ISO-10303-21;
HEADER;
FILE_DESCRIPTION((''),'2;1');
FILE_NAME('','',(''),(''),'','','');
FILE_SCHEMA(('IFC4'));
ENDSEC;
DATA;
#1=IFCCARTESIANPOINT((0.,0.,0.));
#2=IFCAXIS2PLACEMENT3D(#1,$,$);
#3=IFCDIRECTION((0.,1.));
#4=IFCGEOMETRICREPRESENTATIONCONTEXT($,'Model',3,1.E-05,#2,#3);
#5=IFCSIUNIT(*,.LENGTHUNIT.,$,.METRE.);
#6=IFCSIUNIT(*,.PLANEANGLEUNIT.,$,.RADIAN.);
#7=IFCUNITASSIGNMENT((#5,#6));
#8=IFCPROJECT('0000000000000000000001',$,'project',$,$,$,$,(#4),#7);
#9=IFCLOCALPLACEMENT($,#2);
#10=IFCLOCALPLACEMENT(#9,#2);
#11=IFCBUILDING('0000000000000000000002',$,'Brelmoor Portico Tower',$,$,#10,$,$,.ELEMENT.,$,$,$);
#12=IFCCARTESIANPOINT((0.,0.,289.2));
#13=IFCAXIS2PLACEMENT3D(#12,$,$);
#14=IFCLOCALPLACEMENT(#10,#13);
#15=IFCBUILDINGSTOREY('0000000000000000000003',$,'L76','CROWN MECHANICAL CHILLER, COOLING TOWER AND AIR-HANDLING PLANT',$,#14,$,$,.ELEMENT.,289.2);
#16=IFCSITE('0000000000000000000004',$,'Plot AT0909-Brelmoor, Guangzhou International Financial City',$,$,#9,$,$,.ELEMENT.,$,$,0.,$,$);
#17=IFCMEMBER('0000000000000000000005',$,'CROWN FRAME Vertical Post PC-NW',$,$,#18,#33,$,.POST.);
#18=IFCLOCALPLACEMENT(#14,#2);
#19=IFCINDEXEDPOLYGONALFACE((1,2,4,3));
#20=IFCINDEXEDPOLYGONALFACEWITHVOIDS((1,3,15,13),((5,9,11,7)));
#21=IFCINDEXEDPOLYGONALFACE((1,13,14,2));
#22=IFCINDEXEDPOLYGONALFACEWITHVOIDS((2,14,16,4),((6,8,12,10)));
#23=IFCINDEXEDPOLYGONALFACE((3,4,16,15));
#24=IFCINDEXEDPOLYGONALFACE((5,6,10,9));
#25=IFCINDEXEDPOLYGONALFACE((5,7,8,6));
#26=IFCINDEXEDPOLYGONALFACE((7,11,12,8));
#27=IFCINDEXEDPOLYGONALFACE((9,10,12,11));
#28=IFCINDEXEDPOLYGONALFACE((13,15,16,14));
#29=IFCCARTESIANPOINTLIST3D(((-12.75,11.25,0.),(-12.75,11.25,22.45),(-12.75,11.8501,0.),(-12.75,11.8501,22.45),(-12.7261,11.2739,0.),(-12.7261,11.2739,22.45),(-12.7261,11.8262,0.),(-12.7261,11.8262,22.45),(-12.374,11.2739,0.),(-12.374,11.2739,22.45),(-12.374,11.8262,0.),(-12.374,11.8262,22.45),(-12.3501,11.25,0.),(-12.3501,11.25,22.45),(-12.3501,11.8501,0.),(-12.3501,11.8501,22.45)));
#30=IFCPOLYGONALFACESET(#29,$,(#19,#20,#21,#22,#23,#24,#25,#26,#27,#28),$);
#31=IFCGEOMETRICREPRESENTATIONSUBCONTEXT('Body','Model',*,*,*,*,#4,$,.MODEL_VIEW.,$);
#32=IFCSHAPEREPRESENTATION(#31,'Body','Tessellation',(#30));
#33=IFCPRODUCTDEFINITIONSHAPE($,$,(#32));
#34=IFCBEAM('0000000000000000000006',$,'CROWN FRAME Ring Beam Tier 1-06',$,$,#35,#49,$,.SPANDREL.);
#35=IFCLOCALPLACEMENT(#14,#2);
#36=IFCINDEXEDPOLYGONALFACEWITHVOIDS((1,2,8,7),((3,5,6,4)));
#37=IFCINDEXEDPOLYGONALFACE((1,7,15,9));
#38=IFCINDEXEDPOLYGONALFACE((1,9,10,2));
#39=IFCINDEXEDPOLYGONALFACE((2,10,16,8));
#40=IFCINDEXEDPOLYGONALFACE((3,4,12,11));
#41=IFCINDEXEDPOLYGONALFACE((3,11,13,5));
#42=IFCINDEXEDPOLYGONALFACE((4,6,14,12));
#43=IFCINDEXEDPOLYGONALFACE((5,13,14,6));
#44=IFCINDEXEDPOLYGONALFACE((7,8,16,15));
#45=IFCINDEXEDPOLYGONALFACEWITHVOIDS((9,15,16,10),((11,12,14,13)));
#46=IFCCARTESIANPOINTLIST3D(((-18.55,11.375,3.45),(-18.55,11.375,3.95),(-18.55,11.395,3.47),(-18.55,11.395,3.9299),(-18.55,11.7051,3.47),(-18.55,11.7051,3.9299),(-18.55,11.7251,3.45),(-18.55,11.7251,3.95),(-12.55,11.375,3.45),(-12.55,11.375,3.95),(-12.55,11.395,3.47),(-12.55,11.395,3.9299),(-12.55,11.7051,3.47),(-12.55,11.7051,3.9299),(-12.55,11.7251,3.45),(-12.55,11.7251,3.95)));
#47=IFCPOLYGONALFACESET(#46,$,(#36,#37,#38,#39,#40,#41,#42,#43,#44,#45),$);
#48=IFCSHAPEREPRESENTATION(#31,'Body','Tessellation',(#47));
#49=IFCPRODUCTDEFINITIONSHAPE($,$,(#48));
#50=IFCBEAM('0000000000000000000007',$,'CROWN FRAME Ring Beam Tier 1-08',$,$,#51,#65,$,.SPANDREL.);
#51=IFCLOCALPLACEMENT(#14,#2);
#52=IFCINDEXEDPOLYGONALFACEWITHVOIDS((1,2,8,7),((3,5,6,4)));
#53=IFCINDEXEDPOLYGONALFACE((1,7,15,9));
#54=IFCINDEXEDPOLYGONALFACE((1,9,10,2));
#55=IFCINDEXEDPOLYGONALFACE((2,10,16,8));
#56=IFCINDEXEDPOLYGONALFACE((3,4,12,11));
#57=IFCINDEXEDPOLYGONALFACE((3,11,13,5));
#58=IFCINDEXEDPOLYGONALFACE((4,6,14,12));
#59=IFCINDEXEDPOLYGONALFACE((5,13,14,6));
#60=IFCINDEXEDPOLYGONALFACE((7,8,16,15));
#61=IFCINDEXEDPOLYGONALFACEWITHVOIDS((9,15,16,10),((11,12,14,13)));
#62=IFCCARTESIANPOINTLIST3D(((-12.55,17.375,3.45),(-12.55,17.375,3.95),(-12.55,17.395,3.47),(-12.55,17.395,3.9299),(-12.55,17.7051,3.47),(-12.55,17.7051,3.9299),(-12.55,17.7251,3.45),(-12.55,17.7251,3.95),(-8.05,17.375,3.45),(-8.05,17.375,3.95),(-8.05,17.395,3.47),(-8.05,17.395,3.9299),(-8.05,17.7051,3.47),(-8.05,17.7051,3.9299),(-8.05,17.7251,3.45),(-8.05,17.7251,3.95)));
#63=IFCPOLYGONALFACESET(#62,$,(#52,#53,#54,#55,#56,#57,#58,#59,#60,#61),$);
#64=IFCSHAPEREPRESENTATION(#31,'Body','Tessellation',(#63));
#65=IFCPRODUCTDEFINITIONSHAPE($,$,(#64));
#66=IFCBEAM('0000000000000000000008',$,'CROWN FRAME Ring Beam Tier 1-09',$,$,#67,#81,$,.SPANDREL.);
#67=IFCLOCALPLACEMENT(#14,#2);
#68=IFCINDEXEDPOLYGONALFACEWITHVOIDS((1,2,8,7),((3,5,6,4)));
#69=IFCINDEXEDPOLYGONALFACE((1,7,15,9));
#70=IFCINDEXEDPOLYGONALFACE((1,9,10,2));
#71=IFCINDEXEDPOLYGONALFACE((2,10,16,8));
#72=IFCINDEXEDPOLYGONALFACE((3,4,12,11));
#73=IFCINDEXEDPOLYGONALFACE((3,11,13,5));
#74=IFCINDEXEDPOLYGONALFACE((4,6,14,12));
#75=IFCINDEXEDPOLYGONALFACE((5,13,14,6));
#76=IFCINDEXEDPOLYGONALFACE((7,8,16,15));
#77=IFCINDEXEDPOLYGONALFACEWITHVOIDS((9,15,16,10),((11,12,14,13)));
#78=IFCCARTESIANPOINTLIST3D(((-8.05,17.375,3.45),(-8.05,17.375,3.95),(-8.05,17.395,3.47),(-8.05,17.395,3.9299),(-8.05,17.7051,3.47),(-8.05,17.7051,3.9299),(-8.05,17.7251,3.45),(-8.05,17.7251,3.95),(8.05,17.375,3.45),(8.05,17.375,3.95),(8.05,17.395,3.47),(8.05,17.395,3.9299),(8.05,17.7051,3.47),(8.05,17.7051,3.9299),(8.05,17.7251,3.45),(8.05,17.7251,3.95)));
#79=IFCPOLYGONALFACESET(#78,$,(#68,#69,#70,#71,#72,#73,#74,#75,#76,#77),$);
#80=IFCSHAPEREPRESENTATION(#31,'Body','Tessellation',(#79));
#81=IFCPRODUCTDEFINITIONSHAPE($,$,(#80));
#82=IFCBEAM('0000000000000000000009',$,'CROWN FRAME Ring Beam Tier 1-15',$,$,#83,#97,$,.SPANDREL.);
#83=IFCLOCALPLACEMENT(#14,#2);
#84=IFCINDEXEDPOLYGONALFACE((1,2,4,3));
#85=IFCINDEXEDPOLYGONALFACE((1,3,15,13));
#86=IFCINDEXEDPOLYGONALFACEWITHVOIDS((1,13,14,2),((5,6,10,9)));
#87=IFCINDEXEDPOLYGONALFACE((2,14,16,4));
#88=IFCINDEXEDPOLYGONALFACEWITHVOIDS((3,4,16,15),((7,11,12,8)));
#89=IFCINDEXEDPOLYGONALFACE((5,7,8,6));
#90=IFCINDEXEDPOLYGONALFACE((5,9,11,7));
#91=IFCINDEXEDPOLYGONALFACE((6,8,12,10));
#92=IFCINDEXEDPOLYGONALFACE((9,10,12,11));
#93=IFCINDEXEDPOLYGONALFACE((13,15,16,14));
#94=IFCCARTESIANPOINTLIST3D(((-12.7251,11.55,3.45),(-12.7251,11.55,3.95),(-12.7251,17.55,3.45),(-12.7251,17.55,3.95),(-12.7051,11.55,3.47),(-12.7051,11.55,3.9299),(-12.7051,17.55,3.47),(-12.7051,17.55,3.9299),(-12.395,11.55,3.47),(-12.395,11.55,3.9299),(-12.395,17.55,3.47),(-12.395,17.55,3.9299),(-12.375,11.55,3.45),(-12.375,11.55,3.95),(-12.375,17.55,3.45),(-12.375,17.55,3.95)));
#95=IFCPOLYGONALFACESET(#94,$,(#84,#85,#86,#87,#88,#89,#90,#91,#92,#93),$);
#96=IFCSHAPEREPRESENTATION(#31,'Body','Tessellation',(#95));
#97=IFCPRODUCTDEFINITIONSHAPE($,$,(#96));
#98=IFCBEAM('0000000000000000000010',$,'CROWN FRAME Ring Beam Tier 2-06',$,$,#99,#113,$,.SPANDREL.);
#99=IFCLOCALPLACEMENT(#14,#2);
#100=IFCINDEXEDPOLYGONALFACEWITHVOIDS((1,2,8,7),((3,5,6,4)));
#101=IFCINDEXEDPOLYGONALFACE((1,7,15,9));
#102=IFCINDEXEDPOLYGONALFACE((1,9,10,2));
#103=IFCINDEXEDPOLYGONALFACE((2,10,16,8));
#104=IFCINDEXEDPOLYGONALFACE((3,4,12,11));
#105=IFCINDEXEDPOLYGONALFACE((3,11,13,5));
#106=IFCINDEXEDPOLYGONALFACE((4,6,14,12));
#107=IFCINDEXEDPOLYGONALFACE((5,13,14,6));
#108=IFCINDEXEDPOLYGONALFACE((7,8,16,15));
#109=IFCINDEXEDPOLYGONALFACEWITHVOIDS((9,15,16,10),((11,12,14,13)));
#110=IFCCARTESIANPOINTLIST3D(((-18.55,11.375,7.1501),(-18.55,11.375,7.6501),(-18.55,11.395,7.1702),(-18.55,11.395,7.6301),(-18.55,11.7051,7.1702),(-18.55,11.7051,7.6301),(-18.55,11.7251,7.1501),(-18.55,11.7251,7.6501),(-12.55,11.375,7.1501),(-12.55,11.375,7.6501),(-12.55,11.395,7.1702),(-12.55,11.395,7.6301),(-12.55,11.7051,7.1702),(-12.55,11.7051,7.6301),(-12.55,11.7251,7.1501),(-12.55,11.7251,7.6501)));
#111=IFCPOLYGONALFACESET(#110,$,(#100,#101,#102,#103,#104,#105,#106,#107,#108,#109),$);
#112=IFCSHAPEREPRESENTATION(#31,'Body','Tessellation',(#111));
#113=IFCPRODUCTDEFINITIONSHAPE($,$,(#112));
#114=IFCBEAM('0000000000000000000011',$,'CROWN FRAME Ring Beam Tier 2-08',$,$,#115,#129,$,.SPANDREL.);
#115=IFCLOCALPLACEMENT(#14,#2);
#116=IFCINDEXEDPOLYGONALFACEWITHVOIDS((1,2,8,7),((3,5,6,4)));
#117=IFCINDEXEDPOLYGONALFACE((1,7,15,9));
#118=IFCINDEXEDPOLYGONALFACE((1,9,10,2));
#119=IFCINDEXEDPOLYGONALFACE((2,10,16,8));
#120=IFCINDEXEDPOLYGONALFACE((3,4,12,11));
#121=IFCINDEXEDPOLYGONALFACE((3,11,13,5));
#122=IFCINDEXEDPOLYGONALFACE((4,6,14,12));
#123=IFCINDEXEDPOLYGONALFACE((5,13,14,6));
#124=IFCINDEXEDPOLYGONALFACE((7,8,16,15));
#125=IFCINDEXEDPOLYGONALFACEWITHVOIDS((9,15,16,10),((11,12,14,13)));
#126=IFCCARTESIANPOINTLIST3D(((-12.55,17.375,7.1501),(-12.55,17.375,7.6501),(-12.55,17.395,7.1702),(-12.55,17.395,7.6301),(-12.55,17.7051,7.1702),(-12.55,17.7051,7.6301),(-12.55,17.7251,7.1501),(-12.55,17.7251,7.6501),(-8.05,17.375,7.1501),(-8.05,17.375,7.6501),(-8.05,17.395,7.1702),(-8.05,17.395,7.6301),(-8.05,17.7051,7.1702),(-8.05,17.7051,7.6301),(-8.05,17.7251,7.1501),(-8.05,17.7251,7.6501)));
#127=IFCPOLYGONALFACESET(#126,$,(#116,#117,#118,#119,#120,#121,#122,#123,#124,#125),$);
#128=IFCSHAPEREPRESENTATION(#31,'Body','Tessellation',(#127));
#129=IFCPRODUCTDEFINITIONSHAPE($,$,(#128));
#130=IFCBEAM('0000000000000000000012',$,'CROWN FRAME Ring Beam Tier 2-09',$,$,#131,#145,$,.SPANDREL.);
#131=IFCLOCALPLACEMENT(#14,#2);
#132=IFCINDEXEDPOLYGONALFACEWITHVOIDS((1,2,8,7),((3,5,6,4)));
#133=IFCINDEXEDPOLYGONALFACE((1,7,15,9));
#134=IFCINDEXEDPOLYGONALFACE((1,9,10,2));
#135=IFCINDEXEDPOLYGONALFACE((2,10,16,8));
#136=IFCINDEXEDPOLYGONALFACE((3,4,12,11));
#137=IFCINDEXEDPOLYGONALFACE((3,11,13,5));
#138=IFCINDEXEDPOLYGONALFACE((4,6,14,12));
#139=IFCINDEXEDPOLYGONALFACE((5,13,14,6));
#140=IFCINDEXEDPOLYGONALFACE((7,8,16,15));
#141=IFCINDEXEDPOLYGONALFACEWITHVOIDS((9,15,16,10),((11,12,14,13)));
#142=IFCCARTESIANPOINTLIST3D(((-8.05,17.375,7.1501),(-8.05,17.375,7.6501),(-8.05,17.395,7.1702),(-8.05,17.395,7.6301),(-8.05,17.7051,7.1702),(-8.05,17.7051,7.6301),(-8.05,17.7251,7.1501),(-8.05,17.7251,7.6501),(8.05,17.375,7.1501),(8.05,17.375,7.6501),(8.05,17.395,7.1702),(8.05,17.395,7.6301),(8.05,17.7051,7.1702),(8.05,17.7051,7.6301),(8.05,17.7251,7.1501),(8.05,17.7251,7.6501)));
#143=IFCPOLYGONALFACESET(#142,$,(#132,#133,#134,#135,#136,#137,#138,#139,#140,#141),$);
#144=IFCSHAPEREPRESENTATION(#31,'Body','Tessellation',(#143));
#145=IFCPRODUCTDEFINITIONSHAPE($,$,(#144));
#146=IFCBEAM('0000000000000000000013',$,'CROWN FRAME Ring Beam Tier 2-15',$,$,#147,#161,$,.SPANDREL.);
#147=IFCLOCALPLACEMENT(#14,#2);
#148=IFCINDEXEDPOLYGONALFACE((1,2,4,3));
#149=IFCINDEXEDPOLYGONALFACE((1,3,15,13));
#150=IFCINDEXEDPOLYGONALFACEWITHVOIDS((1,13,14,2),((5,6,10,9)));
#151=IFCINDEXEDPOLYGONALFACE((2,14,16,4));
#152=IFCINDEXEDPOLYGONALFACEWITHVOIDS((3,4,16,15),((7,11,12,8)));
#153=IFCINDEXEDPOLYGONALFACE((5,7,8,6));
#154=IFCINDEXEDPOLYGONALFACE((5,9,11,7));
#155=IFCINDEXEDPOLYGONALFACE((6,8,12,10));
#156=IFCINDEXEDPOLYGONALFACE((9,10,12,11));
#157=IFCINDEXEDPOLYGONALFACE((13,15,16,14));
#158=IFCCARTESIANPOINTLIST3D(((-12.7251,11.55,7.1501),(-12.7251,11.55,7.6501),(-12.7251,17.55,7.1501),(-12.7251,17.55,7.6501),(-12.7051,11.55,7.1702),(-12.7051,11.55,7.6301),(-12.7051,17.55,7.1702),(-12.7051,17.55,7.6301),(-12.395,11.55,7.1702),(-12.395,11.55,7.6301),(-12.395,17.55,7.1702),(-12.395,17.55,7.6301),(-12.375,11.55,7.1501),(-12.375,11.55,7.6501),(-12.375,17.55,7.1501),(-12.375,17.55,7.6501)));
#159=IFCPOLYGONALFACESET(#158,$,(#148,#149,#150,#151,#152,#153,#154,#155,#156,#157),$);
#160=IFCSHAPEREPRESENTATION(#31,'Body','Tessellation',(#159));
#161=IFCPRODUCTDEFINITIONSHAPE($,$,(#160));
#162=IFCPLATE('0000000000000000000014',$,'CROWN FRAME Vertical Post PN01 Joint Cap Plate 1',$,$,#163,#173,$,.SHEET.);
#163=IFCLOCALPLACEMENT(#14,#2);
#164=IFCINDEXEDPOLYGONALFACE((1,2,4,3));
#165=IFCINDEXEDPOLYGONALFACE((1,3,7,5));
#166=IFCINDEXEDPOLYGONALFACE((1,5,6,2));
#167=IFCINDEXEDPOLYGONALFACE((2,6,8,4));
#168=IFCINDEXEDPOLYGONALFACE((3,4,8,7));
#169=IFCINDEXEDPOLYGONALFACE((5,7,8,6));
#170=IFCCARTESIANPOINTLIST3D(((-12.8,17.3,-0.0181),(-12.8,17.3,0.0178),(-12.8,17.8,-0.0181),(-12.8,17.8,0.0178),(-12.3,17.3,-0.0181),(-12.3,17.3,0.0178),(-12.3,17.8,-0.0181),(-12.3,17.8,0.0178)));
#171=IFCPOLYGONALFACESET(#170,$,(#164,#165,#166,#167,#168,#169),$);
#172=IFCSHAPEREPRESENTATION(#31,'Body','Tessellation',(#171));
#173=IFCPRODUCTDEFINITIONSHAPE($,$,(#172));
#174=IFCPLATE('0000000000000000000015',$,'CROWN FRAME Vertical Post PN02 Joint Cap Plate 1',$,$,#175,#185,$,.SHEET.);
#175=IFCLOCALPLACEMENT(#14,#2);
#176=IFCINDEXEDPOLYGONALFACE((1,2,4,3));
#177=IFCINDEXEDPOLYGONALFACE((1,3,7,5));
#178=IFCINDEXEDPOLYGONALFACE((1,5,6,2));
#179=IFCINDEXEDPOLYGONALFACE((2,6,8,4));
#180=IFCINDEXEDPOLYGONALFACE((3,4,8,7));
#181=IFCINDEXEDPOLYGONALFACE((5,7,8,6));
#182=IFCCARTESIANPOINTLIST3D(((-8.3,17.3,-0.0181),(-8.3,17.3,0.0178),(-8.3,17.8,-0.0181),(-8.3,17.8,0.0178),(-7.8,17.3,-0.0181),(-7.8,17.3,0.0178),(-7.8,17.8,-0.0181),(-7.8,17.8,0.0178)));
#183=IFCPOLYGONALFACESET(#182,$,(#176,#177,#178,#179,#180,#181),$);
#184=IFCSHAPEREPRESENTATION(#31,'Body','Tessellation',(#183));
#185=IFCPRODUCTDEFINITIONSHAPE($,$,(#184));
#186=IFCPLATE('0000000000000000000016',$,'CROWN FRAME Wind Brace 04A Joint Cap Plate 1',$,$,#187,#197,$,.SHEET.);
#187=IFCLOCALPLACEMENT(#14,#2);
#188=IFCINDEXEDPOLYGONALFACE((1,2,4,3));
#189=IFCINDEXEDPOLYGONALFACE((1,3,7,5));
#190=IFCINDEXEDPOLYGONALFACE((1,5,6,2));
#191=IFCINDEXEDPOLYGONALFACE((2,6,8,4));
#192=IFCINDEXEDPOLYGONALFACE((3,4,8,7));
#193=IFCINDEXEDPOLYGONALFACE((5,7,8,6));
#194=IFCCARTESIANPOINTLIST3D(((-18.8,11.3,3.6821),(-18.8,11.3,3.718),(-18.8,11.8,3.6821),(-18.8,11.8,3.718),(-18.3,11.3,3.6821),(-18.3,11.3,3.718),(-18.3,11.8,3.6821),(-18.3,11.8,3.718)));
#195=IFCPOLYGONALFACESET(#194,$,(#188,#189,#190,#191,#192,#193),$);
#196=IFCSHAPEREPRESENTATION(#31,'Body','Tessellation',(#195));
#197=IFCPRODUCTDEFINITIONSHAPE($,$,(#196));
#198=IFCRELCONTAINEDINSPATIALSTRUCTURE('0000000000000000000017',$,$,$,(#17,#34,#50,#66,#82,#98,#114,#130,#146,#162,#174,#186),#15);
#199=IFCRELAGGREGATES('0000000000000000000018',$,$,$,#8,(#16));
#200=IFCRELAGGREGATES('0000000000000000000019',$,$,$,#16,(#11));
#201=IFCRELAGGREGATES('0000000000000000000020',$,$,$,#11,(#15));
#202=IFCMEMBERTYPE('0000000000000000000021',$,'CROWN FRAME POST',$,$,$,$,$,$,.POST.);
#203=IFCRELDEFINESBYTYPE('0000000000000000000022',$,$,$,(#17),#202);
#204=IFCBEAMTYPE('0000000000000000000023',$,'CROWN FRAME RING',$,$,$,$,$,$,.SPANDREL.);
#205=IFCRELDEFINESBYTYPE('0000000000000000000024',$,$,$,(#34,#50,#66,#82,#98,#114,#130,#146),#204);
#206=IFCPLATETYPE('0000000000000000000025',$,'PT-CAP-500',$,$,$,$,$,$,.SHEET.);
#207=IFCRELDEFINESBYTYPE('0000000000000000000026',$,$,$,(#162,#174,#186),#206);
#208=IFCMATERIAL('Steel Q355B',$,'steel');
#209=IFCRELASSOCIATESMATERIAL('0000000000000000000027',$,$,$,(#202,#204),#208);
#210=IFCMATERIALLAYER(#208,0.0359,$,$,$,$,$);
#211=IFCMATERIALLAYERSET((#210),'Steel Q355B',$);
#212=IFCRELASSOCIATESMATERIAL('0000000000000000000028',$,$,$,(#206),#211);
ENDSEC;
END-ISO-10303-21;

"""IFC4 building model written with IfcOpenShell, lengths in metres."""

from ifc_helpers import new_model, si_unit, direction, frame, origin, origin_2d, place, context, subcontext, project, spatial, rectangle, hollow_rectangle, extrude, material, layer, layer_set, material_profile, profile_set, type_object, element, save


model = new_model("IFC4")

# Units and contexts
model_context = context("Model", 3, precision=1e-05, world=origin(), true_north=direction((0.0, 1.0)))
body_context = subcontext(model_context, "Body", "Model", "MODEL_VIEW")
ifc_project = project(units=[si_unit("LENGTHUNIT", "METRE"), si_unit("PLANEANGLEUNIT", "RADIAN")], contexts=[model_context])

# Site, building, storey
site_placement = place(None, origin())
site = spatial("IfcSite", under=ifc_project, at=site_placement, Name="Plot AT0909-Brelmoor, Guangzhou International Financial City", CompositionType="ELEMENT", RefElevation=0.0)
building_placement = place(site_placement, origin())
building = spatial("IfcBuilding", under=site, at=building_placement, Name="Brelmoor Portico Tower", CompositionType="ELEMENT")
storey_placement = place(building_placement, frame((0.0, 0.0, 289.2)))
storey = spatial("IfcBuildingStorey", under=building, at=storey_placement, Name="L76", Description="CROWN MECHANICAL CHILLER, COOLING TOWER AND AIR-HANDLING PLANT", CompositionType="ELEMENT", Elevation=289.2)

# Member
ifc_material_1 = material(Name="Steel Q355B", Category="steel")
ifc_material_profile_1 = material_profile(ifc_material_1, hollow_rectangle(XDim=0.3999, YDim=0.6001, WallThickness=0.0239, at=origin_2d()), Name="RHS 400x600x24")
ifc_profile_set_1 = profile_set([ifc_material_profile_1], Name="Steel Q355B")
member_type_1 = type_object("IfcMemberType", Name="CROWN FRAME POST", PredefinedType="POST", material=ifc_profile_set_1)
for number, where, z_axis, x_axis, name in (
    (1, (-12.55, 11.55, 0.0), (0.0, 0.0, 1.0), (1.0, 0.0, 0.0), "CROWN FRAME Vertical Post PC-NW"),
):
    element("IfcMember", number, at=place(storey_placement, frame(where, z_axis=z_axis, x_axis=x_axis)), inside=storey, type_object=member_type_1, Name=name, PredefinedType="POST", context=body_context, shape_type="SweptSolid", body=[
        extrude(hollow_rectangle(XDim=0.3999, YDim=0.6001, WallThickness=0.0239, at=origin_2d()), origin(), (0.0, 0.0, 1.0), 22.45),
    ])

# Beams
ifc_material_profile_2 = material_profile(ifc_material_1, hollow_rectangle(XDim=0.3501, YDim=0.5, WallThickness=0.02, at=origin_2d()), Name="RHS 350x500x20")
ifc_profile_set_2 = profile_set([ifc_material_profile_2], Name="Steel Q355B")
beam_type = type_object("IfcBeamType", Name="CROWN FRAME RING", PredefinedType="SPANDREL", material=ifc_profile_set_2)
beam_1_placement = place(storey_placement, frame((-18.55, 11.55, 3.7), z_axis=(1.0, 0.0, 0.0), x_axis=(0.0, 1.0, 0.0)))
element("IfcBeam", 2, at=beam_1_placement, inside=storey, type_object=beam_type, Name="CROWN FRAME Ring Beam Tier 1-06", PredefinedType="SPANDREL", context=body_context, shape_type="SweptSolid", body=[
    extrude(hollow_rectangle(XDim=0.3501, YDim=0.5, WallThickness=0.02, at=origin_2d()), origin(), (0.0, 0.0, 1.0), 6.0),
])
beam_2_placement = place(storey_placement, frame((-12.55, 17.55, 3.7), z_axis=(1.0, 0.0, 0.0), x_axis=(0.0, 1.0, 0.0)))
element("IfcBeam", 3, at=beam_2_placement, inside=storey, type_object=beam_type, Name="CROWN FRAME Ring Beam Tier 1-08", PredefinedType="SPANDREL", context=body_context, shape_type="SweptSolid", body=[
    extrude(hollow_rectangle(XDim=0.3501, YDim=0.5, WallThickness=0.02, at=origin_2d()), origin(), (0.0, 0.0, 1.0), 4.5),
])
beam_3_placement = place(storey_placement, frame((-8.05, 17.55, 3.7), z_axis=(1.0, 0.0, 0.0), x_axis=(0.0, 1.0, 0.0)))
element("IfcBeam", 4, at=beam_3_placement, inside=storey, type_object=beam_type, Name="CROWN FRAME Ring Beam Tier 1-09", PredefinedType="SPANDREL", context=body_context, shape_type="SweptSolid", body=[
    extrude(hollow_rectangle(XDim=0.3501, YDim=0.5, WallThickness=0.02, at=origin_2d()), origin(), (0.0, 0.0, 1.0), 16.1001),
])
for number, where, z_axis, x_axis, name in (
    (5, (-12.55, 11.55, 3.7), (0.0, 1.0, 0.0), (-1.0, 0.0, 0.0), "CROWN FRAME Ring Beam Tier 1-15"),
    (6, (-18.55, 11.55, 7.4001), (1.0, 0.0, 0.0), (0.0, 1.0, 0.0), "CROWN FRAME Ring Beam Tier 2-06"),
):
    element("IfcBeam", number, at=place(storey_placement, frame(where, z_axis=z_axis, x_axis=x_axis)), inside=storey, type_object=beam_type, Name=name, PredefinedType="SPANDREL", context=body_context, shape_type="SweptSolid", body=[
        extrude(hollow_rectangle(XDim=0.3501, YDim=0.5, WallThickness=0.02, at=origin_2d()), origin(), (0.0, 0.0, 1.0), 6.0),
    ])
beam_4_placement = place(storey_placement, frame((-12.55, 17.55, 7.4001), z_axis=(1.0, 0.0, 0.0), x_axis=(0.0, 1.0, 0.0)))
element("IfcBeam", 7, at=beam_4_placement, inside=storey, type_object=beam_type, Name="CROWN FRAME Ring Beam Tier 2-08", PredefinedType="SPANDREL", context=body_context, shape_type="SweptSolid", body=[
    extrude(hollow_rectangle(XDim=0.3501, YDim=0.5, WallThickness=0.02, at=origin_2d()), origin(), (0.0, 0.0, 1.0), 4.5),
])
beam_5_placement = place(storey_placement, frame((-8.05, 17.55, 7.4001), z_axis=(1.0, 0.0, 0.0), x_axis=(0.0, 1.0, 0.0)))
element("IfcBeam", 8, at=beam_5_placement, inside=storey, type_object=beam_type, Name="CROWN FRAME Ring Beam Tier 2-09", PredefinedType="SPANDREL", context=body_context, shape_type="SweptSolid", body=[
    extrude(hollow_rectangle(XDim=0.3501, YDim=0.5, WallThickness=0.02, at=origin_2d()), origin(), (0.0, 0.0, 1.0), 16.1001),
])
beam_6_placement = place(storey_placement, frame((-12.55, 11.55, 7.4001), z_axis=(0.0, 1.0, 0.0), x_axis=(-1.0, 0.0, 0.0)))
element("IfcBeam", 9, at=beam_6_placement, inside=storey, type_object=beam_type, Name="CROWN FRAME Ring Beam Tier 2-15", PredefinedType="SPANDREL", context=body_context, shape_type="SweptSolid", body=[
    extrude(hollow_rectangle(XDim=0.3501, YDim=0.5, WallThickness=0.02, at=origin_2d()), origin(), (0.0, 0.0, 1.0), 6.0),
])

# Plates
ifc_layer_1 = layer(ifc_material_1, 0.0359)
ifc_layer_set_1 = layer_set([ifc_layer_1], Name="Steel Q355B")
plate_type_1 = type_object("IfcPlateType", Name="PT-CAP-500", PredefinedType="SHEET", material=ifc_layer_set_1)
for number, where, z_axis, x_axis, name in (
    (10, (-12.55, 17.55, -0.0181), (0.0, 0.0, 1.0), (1.0, 0.0, 0.0), "CROWN FRAME Vertical Post PN01 Joint Cap Plate 1"),
    (11, (-8.05, 17.55, -0.0181), (0.0, 0.0, 1.0), (1.0, 0.0, 0.0), "CROWN FRAME Vertical Post PN02 Joint Cap Plate 1"),
    (12, (-18.55, 11.55, 3.6821), (0.0, 0.0, 1.0), (1.0, 0.0, 0.0), "CROWN FRAME Wind Brace 04A Joint Cap Plate 1"),
):
    element("IfcPlate", number, at=place(storey_placement, frame(where, z_axis=z_axis, x_axis=x_axis)), inside=storey, type_object=plate_type_1, Name=name, PredefinedType="SHEET", context=body_context, shape_type="SweptSolid", body=[
        extrude(rectangle(XDim=0.5, YDim=0.5, at=origin_2d()), origin(), (0.0, 0.0, 1.0), 0.0359),
    ])

save(model, "model.ifc")
